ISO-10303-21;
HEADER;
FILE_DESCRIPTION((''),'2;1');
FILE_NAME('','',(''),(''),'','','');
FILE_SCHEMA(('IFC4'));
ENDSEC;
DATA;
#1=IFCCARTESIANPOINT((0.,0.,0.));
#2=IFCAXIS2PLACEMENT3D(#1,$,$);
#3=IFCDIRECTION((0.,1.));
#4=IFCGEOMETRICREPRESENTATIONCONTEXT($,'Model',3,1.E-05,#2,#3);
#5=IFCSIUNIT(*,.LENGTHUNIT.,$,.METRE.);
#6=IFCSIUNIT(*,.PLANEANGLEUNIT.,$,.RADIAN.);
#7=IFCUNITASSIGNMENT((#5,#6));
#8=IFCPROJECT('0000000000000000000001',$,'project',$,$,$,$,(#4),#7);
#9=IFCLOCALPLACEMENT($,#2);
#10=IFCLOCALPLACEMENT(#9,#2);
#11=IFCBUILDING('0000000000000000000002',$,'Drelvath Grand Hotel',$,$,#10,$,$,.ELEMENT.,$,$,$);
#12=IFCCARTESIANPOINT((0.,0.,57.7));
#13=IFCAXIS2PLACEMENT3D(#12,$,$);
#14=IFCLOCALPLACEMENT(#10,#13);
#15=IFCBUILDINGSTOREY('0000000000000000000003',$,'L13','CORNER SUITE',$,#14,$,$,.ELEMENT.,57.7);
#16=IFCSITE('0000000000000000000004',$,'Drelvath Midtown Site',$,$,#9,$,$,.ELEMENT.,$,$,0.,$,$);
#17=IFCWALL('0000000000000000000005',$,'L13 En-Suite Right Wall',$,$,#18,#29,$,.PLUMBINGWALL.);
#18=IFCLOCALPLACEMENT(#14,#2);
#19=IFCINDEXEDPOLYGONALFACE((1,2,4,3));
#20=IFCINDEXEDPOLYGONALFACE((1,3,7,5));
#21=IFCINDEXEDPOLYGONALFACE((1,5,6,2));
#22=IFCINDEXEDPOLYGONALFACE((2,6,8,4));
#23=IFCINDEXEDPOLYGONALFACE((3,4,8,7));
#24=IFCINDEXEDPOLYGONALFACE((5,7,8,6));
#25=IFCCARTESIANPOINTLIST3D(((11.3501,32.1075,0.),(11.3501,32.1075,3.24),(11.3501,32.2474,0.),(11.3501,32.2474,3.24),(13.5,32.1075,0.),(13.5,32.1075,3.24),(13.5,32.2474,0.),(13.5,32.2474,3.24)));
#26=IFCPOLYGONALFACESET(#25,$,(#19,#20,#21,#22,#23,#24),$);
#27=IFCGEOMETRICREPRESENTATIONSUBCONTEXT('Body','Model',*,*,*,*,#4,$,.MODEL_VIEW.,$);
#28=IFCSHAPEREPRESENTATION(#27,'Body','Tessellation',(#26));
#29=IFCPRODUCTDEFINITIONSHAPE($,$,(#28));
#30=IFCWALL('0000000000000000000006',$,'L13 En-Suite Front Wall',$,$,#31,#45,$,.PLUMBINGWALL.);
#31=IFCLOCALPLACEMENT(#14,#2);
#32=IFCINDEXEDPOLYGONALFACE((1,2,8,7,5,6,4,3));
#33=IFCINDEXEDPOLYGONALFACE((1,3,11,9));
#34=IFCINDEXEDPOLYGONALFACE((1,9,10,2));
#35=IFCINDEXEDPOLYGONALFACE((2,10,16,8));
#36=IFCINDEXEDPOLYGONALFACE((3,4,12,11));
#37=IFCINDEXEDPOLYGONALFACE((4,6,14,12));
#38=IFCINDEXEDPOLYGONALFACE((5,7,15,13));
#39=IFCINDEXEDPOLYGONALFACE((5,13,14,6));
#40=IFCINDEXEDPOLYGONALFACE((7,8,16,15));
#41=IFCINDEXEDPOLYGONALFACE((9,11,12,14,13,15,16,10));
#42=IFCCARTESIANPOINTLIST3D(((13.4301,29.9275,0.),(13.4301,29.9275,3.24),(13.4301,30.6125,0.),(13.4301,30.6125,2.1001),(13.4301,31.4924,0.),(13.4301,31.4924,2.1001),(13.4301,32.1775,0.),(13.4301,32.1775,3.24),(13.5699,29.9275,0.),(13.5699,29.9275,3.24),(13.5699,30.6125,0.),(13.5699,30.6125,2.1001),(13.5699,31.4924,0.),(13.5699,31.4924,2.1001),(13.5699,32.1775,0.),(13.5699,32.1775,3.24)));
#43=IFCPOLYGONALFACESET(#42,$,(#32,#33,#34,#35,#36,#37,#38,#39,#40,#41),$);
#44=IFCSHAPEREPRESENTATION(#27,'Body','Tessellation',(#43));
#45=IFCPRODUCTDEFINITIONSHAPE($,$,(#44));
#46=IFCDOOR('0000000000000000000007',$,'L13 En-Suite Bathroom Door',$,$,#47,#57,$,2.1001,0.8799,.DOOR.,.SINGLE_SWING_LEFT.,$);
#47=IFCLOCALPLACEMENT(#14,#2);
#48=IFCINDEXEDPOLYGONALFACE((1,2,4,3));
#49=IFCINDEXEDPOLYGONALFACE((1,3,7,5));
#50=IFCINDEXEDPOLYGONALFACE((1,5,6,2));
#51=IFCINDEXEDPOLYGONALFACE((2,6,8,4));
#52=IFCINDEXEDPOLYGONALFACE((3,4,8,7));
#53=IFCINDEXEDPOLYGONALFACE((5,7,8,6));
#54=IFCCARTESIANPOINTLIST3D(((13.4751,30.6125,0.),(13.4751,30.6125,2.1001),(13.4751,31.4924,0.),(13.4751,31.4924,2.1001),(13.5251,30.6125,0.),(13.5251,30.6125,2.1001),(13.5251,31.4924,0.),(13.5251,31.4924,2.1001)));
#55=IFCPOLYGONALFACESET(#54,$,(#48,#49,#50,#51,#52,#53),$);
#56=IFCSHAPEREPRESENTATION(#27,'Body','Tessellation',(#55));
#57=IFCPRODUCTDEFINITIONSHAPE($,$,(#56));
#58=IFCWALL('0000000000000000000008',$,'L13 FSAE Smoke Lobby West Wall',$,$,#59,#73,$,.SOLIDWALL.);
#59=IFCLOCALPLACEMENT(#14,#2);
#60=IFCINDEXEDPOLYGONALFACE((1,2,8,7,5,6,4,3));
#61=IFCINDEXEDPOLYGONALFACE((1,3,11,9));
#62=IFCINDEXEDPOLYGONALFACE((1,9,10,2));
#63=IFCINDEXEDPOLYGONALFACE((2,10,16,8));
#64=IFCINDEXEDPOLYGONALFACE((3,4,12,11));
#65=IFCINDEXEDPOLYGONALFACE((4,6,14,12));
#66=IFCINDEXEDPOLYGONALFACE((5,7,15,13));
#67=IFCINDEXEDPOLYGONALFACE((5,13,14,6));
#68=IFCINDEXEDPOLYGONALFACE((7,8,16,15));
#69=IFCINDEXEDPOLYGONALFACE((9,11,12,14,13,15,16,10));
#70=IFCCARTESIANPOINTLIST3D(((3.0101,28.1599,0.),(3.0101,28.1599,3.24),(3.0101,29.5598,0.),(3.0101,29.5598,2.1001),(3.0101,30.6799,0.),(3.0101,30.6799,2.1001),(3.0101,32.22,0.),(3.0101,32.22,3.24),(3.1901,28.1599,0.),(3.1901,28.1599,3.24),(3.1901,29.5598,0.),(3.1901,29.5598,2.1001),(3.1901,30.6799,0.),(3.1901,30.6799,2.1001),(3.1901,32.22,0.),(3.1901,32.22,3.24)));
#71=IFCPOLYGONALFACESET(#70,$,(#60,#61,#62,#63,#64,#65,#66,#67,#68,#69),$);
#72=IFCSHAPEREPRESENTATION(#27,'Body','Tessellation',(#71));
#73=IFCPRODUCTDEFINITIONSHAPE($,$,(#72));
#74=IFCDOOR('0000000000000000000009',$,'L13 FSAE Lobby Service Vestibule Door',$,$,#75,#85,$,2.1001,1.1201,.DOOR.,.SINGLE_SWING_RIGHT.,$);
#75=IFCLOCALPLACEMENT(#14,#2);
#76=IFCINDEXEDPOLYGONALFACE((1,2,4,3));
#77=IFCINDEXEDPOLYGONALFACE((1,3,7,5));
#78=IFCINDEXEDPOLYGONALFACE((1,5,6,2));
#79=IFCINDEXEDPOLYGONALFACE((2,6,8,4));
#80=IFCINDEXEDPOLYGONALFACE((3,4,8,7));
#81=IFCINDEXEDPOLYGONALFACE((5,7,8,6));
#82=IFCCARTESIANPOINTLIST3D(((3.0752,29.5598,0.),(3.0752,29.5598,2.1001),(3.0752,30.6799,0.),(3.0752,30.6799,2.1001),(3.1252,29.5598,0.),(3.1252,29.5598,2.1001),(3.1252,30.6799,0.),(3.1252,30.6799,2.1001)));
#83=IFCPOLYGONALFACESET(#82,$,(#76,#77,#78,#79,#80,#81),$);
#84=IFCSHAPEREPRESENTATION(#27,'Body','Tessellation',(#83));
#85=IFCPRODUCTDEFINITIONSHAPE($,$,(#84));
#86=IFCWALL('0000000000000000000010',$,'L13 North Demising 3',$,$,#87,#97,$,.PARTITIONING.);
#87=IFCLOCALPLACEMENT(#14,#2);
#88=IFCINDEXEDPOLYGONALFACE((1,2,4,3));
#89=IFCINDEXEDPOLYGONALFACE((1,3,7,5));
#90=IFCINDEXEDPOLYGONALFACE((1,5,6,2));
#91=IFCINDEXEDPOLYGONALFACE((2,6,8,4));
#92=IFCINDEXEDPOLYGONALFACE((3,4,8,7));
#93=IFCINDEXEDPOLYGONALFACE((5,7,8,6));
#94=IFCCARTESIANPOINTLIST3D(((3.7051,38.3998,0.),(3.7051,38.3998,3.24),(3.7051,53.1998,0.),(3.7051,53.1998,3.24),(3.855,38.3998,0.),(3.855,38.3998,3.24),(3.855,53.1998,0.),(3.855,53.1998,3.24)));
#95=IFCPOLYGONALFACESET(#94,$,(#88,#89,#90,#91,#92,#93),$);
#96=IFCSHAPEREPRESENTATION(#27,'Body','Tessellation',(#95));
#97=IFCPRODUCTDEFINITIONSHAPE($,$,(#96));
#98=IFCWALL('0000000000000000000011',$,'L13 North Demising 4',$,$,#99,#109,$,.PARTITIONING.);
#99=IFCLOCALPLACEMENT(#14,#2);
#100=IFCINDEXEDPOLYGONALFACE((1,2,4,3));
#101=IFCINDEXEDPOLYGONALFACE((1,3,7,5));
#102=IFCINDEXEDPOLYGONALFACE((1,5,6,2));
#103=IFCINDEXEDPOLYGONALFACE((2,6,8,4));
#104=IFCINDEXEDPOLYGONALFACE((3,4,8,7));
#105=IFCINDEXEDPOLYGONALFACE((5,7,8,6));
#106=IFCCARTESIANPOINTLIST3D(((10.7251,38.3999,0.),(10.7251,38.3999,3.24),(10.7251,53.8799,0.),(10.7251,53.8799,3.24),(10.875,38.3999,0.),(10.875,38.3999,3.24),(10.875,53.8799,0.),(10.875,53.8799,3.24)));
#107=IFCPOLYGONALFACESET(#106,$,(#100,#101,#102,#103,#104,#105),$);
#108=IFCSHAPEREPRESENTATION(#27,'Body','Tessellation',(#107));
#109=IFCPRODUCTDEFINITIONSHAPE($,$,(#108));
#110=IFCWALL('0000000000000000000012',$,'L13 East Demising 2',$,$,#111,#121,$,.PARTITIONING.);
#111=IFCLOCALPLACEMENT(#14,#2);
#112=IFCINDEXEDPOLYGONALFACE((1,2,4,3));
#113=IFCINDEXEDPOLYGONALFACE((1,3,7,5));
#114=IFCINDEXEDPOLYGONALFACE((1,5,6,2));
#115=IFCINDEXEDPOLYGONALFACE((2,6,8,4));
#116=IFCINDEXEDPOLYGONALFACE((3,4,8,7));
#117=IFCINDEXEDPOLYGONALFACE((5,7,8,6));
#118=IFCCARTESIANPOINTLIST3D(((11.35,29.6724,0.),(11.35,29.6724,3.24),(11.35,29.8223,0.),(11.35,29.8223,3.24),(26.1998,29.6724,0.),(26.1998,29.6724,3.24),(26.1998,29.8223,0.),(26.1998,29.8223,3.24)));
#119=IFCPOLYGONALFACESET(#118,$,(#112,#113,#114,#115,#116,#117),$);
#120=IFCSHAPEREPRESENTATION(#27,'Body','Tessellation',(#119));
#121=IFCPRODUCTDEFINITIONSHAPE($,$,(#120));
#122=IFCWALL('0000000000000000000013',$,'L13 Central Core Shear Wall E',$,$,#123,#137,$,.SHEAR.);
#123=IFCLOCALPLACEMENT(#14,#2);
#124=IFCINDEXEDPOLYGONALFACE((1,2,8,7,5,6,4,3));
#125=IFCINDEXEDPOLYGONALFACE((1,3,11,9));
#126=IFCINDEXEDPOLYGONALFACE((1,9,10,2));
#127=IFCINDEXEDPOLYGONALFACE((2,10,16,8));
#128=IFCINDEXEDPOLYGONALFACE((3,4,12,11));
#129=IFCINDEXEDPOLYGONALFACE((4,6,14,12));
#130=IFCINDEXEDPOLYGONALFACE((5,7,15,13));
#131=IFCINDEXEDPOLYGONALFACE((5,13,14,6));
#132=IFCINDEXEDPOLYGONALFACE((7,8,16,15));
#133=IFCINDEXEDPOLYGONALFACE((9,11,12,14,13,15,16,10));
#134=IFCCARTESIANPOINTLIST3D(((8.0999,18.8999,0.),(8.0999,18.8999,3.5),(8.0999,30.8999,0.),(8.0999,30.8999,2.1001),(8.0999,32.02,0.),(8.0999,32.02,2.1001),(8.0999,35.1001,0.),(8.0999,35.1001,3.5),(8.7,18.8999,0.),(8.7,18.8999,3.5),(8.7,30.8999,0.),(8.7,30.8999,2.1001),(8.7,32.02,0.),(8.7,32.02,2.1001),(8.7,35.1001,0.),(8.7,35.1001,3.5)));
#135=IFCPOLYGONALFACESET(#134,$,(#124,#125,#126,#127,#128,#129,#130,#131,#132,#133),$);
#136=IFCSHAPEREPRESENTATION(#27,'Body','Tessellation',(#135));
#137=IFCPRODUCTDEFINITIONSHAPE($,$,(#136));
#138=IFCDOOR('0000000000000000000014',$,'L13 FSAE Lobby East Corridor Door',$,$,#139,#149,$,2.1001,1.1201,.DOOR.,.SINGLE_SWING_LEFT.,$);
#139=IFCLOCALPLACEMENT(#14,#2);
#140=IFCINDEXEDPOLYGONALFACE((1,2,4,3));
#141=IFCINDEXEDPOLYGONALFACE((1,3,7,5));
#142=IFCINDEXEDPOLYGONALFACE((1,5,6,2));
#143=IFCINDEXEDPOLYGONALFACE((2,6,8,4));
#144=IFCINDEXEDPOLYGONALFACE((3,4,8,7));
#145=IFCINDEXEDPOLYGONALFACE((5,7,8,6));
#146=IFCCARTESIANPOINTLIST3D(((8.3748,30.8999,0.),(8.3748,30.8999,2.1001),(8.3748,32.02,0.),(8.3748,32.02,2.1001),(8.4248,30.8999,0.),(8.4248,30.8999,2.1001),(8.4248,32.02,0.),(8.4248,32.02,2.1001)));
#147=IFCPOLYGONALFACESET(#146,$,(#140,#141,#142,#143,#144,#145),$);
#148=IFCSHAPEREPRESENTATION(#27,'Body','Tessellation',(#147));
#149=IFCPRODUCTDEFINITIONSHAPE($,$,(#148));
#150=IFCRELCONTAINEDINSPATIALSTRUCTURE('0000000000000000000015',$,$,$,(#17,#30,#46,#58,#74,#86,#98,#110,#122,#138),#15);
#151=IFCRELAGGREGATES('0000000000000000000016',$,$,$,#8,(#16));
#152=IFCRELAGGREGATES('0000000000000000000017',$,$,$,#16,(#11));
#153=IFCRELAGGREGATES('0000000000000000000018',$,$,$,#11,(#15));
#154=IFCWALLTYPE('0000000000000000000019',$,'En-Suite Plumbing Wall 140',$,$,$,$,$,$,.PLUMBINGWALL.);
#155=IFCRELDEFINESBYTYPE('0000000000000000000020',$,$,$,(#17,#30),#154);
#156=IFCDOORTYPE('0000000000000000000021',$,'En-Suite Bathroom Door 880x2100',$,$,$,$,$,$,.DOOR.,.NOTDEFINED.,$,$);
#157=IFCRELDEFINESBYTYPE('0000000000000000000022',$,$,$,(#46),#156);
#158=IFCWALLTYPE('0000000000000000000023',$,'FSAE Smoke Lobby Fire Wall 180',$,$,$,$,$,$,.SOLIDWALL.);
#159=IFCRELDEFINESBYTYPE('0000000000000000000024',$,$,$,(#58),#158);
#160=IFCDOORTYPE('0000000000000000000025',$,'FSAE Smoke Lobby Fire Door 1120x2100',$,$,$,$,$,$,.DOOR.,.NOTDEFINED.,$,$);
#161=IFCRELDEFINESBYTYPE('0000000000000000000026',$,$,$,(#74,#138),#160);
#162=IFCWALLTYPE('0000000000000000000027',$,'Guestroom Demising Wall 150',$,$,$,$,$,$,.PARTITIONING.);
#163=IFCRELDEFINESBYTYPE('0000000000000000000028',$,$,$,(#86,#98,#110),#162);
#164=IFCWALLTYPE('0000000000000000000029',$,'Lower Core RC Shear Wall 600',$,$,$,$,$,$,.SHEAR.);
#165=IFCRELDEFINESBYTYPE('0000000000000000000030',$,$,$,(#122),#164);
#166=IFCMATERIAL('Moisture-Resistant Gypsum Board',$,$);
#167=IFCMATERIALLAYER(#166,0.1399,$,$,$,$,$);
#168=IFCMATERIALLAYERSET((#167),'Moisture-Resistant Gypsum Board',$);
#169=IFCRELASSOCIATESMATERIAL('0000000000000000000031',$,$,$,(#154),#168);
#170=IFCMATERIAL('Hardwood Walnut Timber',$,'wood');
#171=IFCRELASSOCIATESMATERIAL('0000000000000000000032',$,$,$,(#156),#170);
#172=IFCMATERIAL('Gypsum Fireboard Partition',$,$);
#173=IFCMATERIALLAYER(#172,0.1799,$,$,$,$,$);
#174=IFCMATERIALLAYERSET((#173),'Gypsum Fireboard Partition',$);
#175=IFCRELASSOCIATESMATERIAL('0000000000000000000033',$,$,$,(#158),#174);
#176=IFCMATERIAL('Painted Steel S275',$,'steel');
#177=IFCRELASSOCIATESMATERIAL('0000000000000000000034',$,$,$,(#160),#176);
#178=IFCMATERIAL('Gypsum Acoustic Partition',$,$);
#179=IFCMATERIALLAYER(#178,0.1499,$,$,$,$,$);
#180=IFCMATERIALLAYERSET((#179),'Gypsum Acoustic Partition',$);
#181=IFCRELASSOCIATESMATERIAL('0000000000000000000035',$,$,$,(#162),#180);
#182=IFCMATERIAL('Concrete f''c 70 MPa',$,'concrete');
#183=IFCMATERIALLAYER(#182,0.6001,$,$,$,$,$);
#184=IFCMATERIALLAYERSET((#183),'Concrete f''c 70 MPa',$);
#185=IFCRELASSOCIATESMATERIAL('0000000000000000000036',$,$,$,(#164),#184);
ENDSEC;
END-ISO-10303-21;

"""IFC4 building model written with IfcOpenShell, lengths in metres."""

from ifc_helpers import new_model, si_unit, direction, frame, frame_2d, origin, place, context, subcontext, project, spatial, rectangle, extrude, material, layer, layer_set, type_object, element, fill, save


model = new_model("IFC4")

# Units and contexts
model_context = context("Model", 3, precision=1e-05, world=origin(), true_north=direction((0.0, 1.0)))
body_context = subcontext(model_context, "Body", "Model", "MODEL_VIEW")
ifc_project = project(units=[si_unit("LENGTHUNIT", "METRE"), si_unit("PLANEANGLEUNIT", "RADIAN")], contexts=[model_context])

# Site, building, storey
site_placement = place(None, origin())
site = spatial("IfcSite", under=ifc_project, at=site_placement, Name="Drelvath Midtown Site", CompositionType="ELEMENT", RefElevation=0.0)
building_placement = place(site_placement, origin())
building = spatial("IfcBuilding", under=site, at=building_placement, Name="Drelvath Grand Hotel", CompositionType="ELEMENT")
storey_placement = place(building_placement, frame((0.0, 0.0, 57.7)))
storey = spatial("IfcBuildingStorey", under=building, at=storey_placement, Name="L13", Description="CORNER SUITE", CompositionType="ELEMENT", Elevation=57.7)

# Shared definitions
ifc_material_1 = material(Name="Concrete f'c 70 MPa", Category="concrete")

# Shared definitions
ifc_material_2 = material(Name="Painted Steel S275", Category="steel")

# Wall
ifc_material_3 = material(Name="Gypsum Fireboard Partition")
ifc_material_4 = material(Name="Moisture-Resistant Gypsum Board")
ifc_layer_1 = layer(ifc_material_4, 0.1399)
ifc_layer_set_1 = layer_set([ifc_layer_1], Name="Moisture-Resistant Gypsum Board")
wall_type_1 = type_object("IfcWallType", Name="En-Suite Plumbing Wall 140", PredefinedType="PLUMBINGWALL", material=ifc_layer_set_1)
for number, where, z_axis, x_axis, name in (
    (1, (11.3501, 32.1775, 0.0), (0.0, 0.0, 1.0), (1.0, 0.0, 0.0), "L13 En-Suite Right Wall"),
):
    element("IfcWall", number, at=place(storey_placement, frame(where, z_axis=z_axis, x_axis=x_axis)), inside=storey, type_object=wall_type_1, Name=name, PredefinedType="PLUMBINGWALL", context=body_context, shape_type="SweptSolid", body=[
        extrude(rectangle(XDim=2.1499, YDim=0.1399, at=frame_2d((1.075, 0.0))), origin(), (0.0, 0.0, 1.0), 3.24),
    ])

# Walls, openings, doors
wall_1_placement = place(storey_placement, frame((13.5, 29.9275, 0.0), z_axis=(0.0, 0.0, 1.0), x_axis=(0.0, 1.0, 0.0)))
wall_1 = element("IfcWall", 2, at=wall_1_placement, inside=storey, type_object=wall_type_1, Name="L13 En-Suite Front Wall", PredefinedType="PLUMBINGWALL", context=body_context, shape_type="SweptSolid", body=[
    extrude(rectangle(XDim=2.25, YDim=0.1399, at=frame_2d((1.125, 0.0))), origin(), (0.0, 0.0, 1.0), 3.24),
])
opening_1_placement = place(wall_1_placement, frame((0.6851, 0.0, 0.0)))
opening_1 = element("IfcOpeningElement", 3, at=opening_1_placement, cuts=wall_1, PredefinedType="OPENING", context=body_context, shape_type="SweptSolid", body=[
    extrude(rectangle(XDim=0.8799, YDim=2.1001, at=frame_2d((0.4399, 1.05))), frame((0.0, 0.0798, 0.0), z_axis=(0.0, -1.0, 0.0), x_axis=(1.0, 0.0, 0.0)), (0.0, 0.0, 1.0), 0.1599),
])
ifc_material_5 = material(Name="Hardwood Walnut Timber", Category="wood")
door_type_1 = type_object("IfcDoorType", Name="En-Suite Bathroom Door 880x2100", OperationType="NOTDEFINED", PredefinedType="DOOR", material=ifc_material_5)
door_1_placement = place(opening_1_placement, origin())
door_1 = element("IfcDoor", 4, at=door_1_placement, inside=storey, type_object=door_type_1, Name="L13 En-Suite Bathroom Door", OperationType="SINGLE_SWING_LEFT", OverallHeight=2.1001, OverallWidth=0.8799, PredefinedType="DOOR", context=body_context, shape_type="SweptSolid", body=[
    extrude(rectangle(XDim=0.8799, YDim=2.1001, at=frame_2d((0.4399, 1.05))), frame((0.0, 0.0249, 0.0), z_axis=(0.0, -1.0, 0.0), x_axis=(1.0, 0.0, 0.0)), (0.0, 0.0, 1.0), 0.05),
])
fill(opening_1, door_1)
ifc_layer_2 = layer(ifc_material_3, 0.1799)
ifc_layer_set_2 = layer_set([ifc_layer_2], Name="Gypsum Fireboard Partition")
wall_type_2 = type_object("IfcWallType", Name="FSAE Smoke Lobby Fire Wall 180", PredefinedType="SOLIDWALL", material=ifc_layer_set_2)
wall_2_placement = place(storey_placement, frame((3.1001, 28.1599, 0.0), z_axis=(0.0, 0.0, 1.0), x_axis=(0.0, 1.0, 0.0)))
wall_2 = element("IfcWall", 5, at=wall_2_placement, inside=storey, type_object=wall_type_2, Name="L13 FSAE Smoke Lobby West Wall", PredefinedType="SOLIDWALL", context=body_context, shape_type="SweptSolid", body=[
    extrude(rectangle(XDim=4.0601, YDim=0.1799, at=frame_2d((2.03, 0.0))), origin(), (0.0, 0.0, 1.0), 3.24),
])
opening_2_placement = place(wall_2_placement, frame((1.3999, 0.0, 0.0)))
opening_2 = element("IfcOpeningElement", 6, at=opening_2_placement, cuts=wall_2, PredefinedType="OPENING", context=body_context, shape_type="SweptSolid", body=[
    extrude(rectangle(XDim=1.1201, YDim=2.1001, at=frame_2d((0.5601, 1.05))), frame((0.0, 0.0999, 0.0), z_axis=(0.0, -1.0, 0.0), x_axis=(1.0, 0.0, 0.0)), (0.0, 0.0, 1.0), 0.2),
])
door_type_2 = type_object("IfcDoorType", Name="FSAE Smoke Lobby Fire Door 1120x2100", OperationType="NOTDEFINED", PredefinedType="DOOR", material=ifc_material_2)
door_2_placement = place(opening_2_placement, origin())
door_2 = element("IfcDoor", 7, at=door_2_placement, inside=storey, type_object=door_type_2, Name="L13 FSAE Lobby Service Vestibule Door", OperationType="SINGLE_SWING_RIGHT", OverallHeight=2.1001, OverallWidth=1.1201, PredefinedType="DOOR", context=body_context, shape_type="SweptSolid", body=[
    extrude(rectangle(XDim=1.1201, YDim=2.1001, at=frame_2d((0.5601, 1.05))), frame((0.0, 0.0249, 0.0), z_axis=(0.0, -1.0, 0.0), x_axis=(1.0, 0.0, 0.0)), (0.0, 0.0, 1.0), 0.05),
])
fill(opening_2, door_2)

# Walls
ifc_material_6 = material(Name="Gypsum Acoustic Partition")
ifc_layer_3 = layer(ifc_material_6, 0.1499)
ifc_layer_set_3 = layer_set([ifc_layer_3], Name="Gypsum Acoustic Partition")
wall_type_3 = type_object("IfcWallType", Name="Guestroom Demising Wall 150", PredefinedType="PARTITIONING", material=ifc_layer_set_3)
wall_3_placement = place(storey_placement, frame((3.78, 38.3999, 0.0), z_axis=(0.0, 0.0, 1.0), x_axis=(0.0, 1.0, 0.0)))
element("IfcWall", 8, at=wall_3_placement, inside=storey, type_object=wall_type_3, Name="L13 North Demising 3", PredefinedType="PARTITIONING", context=body_context, shape_type="SweptSolid", body=[
    extrude(rectangle(XDim=14.8, YDim=0.1499, at=frame_2d((7.3999, 0.0))), origin(), (0.0, 0.0, 1.0), 3.24),
])
wall_4_placement = place(storey_placement, frame((10.8, 38.3999, 0.0), z_axis=(0.0, 0.0, 1.0), x_axis=(0.0, 1.0, 0.0)))
element("IfcWall", 9, at=wall_4_placement, inside=storey, type_object=wall_type_3, Name="L13 North Demising 4", PredefinedType="PARTITIONING", context=body_context, shape_type="SweptSolid", body=[
    extrude(rectangle(XDim=15.48, YDim=0.1499, at=frame_2d((7.74, 0.0))), origin(), (0.0, 0.0, 1.0), 3.24),
])
wall_5_placement = place(storey_placement, frame((11.3501, 29.7473, 0.0), z_axis=(0.0, 0.0, 1.0), x_axis=(1.0, 0.0, 0.0)))
element("IfcWall", 10, at=wall_5_placement, inside=storey, type_object=wall_type_3, Name="L13 East Demising 2", PredefinedType="PARTITIONING", context=body_context, shape_type="SweptSolid", body=[
    extrude(rectangle(XDim=14.8499, YDim=0.1499, at=frame_2d((7.4248, 0.0))), origin(), (0.0, 0.0, 1.0), 3.24),
])

# Wall, opening, door
ifc_layer_4 = layer(ifc_material_1, 0.6001)
ifc_layer_set_4 = layer_set([ifc_layer_4], Name="Concrete f'c 70 MPa")
wall_type_4 = type_object("IfcWallType", Name="Lower Core RC Shear Wall 600", PredefinedType="SHEAR", material=ifc_layer_set_4)
wall_6_placement = place(storey_placement, frame((8.3999, 35.1001, 0.0), z_axis=(0.0, 0.0, 1.0), x_axis=(0.0, -1.0, 0.0)))
wall_6 = element("IfcWall", 11, at=wall_6_placement, inside=storey, type_object=wall_type_4, Name="L13 Central Core Shear Wall E", PredefinedType="SHEAR", context=body_context, shape_type="SweptSolid", body=[
    extrude(rectangle(XDim=16.2002, YDim=0.6001, at=frame_2d((8.1001, 0.0))), origin(), (0.0, 0.0, 1.0), 3.5),
])
opening_3_placement = place(wall_6_placement, frame((3.0801, 0.0, 0.0)))
opening_3 = element("IfcOpeningElement", 12, at=opening_3_placement, cuts=wall_6, PredefinedType="OPENING", context=body_context, shape_type="SweptSolid", body=[
    extrude(rectangle(XDim=1.1201, YDim=2.1001, at=frame_2d((0.5601, 1.05))), frame((0.0, 0.3101, 0.0), z_axis=(0.0, -1.0, 0.0), x_axis=(1.0, 0.0, 0.0)), (0.0, 0.0, 1.0), 0.6201),
])
door_3_placement = place(opening_3_placement, origin())
door_3 = element("IfcDoor", 13, at=door_3_placement, inside=storey, type_object=door_type_2, Name="L13 FSAE Lobby East Corridor Door", OperationType="SINGLE_SWING_LEFT", OverallHeight=2.1001, OverallWidth=1.1201, PredefinedType="DOOR", context=body_context, shape_type="SweptSolid", body=[
    extrude(rectangle(XDim=1.1201, YDim=2.1001, at=frame_2d((0.5601, 1.05))), frame((0.0, 0.0249, 0.0), z_axis=(0.0, -1.0, 0.0), x_axis=(1.0, 0.0, 0.0)), (0.0, 0.0, 1.0), 0.05),
])
fill(opening_3, door_3)

save(model, "model.ifc")
